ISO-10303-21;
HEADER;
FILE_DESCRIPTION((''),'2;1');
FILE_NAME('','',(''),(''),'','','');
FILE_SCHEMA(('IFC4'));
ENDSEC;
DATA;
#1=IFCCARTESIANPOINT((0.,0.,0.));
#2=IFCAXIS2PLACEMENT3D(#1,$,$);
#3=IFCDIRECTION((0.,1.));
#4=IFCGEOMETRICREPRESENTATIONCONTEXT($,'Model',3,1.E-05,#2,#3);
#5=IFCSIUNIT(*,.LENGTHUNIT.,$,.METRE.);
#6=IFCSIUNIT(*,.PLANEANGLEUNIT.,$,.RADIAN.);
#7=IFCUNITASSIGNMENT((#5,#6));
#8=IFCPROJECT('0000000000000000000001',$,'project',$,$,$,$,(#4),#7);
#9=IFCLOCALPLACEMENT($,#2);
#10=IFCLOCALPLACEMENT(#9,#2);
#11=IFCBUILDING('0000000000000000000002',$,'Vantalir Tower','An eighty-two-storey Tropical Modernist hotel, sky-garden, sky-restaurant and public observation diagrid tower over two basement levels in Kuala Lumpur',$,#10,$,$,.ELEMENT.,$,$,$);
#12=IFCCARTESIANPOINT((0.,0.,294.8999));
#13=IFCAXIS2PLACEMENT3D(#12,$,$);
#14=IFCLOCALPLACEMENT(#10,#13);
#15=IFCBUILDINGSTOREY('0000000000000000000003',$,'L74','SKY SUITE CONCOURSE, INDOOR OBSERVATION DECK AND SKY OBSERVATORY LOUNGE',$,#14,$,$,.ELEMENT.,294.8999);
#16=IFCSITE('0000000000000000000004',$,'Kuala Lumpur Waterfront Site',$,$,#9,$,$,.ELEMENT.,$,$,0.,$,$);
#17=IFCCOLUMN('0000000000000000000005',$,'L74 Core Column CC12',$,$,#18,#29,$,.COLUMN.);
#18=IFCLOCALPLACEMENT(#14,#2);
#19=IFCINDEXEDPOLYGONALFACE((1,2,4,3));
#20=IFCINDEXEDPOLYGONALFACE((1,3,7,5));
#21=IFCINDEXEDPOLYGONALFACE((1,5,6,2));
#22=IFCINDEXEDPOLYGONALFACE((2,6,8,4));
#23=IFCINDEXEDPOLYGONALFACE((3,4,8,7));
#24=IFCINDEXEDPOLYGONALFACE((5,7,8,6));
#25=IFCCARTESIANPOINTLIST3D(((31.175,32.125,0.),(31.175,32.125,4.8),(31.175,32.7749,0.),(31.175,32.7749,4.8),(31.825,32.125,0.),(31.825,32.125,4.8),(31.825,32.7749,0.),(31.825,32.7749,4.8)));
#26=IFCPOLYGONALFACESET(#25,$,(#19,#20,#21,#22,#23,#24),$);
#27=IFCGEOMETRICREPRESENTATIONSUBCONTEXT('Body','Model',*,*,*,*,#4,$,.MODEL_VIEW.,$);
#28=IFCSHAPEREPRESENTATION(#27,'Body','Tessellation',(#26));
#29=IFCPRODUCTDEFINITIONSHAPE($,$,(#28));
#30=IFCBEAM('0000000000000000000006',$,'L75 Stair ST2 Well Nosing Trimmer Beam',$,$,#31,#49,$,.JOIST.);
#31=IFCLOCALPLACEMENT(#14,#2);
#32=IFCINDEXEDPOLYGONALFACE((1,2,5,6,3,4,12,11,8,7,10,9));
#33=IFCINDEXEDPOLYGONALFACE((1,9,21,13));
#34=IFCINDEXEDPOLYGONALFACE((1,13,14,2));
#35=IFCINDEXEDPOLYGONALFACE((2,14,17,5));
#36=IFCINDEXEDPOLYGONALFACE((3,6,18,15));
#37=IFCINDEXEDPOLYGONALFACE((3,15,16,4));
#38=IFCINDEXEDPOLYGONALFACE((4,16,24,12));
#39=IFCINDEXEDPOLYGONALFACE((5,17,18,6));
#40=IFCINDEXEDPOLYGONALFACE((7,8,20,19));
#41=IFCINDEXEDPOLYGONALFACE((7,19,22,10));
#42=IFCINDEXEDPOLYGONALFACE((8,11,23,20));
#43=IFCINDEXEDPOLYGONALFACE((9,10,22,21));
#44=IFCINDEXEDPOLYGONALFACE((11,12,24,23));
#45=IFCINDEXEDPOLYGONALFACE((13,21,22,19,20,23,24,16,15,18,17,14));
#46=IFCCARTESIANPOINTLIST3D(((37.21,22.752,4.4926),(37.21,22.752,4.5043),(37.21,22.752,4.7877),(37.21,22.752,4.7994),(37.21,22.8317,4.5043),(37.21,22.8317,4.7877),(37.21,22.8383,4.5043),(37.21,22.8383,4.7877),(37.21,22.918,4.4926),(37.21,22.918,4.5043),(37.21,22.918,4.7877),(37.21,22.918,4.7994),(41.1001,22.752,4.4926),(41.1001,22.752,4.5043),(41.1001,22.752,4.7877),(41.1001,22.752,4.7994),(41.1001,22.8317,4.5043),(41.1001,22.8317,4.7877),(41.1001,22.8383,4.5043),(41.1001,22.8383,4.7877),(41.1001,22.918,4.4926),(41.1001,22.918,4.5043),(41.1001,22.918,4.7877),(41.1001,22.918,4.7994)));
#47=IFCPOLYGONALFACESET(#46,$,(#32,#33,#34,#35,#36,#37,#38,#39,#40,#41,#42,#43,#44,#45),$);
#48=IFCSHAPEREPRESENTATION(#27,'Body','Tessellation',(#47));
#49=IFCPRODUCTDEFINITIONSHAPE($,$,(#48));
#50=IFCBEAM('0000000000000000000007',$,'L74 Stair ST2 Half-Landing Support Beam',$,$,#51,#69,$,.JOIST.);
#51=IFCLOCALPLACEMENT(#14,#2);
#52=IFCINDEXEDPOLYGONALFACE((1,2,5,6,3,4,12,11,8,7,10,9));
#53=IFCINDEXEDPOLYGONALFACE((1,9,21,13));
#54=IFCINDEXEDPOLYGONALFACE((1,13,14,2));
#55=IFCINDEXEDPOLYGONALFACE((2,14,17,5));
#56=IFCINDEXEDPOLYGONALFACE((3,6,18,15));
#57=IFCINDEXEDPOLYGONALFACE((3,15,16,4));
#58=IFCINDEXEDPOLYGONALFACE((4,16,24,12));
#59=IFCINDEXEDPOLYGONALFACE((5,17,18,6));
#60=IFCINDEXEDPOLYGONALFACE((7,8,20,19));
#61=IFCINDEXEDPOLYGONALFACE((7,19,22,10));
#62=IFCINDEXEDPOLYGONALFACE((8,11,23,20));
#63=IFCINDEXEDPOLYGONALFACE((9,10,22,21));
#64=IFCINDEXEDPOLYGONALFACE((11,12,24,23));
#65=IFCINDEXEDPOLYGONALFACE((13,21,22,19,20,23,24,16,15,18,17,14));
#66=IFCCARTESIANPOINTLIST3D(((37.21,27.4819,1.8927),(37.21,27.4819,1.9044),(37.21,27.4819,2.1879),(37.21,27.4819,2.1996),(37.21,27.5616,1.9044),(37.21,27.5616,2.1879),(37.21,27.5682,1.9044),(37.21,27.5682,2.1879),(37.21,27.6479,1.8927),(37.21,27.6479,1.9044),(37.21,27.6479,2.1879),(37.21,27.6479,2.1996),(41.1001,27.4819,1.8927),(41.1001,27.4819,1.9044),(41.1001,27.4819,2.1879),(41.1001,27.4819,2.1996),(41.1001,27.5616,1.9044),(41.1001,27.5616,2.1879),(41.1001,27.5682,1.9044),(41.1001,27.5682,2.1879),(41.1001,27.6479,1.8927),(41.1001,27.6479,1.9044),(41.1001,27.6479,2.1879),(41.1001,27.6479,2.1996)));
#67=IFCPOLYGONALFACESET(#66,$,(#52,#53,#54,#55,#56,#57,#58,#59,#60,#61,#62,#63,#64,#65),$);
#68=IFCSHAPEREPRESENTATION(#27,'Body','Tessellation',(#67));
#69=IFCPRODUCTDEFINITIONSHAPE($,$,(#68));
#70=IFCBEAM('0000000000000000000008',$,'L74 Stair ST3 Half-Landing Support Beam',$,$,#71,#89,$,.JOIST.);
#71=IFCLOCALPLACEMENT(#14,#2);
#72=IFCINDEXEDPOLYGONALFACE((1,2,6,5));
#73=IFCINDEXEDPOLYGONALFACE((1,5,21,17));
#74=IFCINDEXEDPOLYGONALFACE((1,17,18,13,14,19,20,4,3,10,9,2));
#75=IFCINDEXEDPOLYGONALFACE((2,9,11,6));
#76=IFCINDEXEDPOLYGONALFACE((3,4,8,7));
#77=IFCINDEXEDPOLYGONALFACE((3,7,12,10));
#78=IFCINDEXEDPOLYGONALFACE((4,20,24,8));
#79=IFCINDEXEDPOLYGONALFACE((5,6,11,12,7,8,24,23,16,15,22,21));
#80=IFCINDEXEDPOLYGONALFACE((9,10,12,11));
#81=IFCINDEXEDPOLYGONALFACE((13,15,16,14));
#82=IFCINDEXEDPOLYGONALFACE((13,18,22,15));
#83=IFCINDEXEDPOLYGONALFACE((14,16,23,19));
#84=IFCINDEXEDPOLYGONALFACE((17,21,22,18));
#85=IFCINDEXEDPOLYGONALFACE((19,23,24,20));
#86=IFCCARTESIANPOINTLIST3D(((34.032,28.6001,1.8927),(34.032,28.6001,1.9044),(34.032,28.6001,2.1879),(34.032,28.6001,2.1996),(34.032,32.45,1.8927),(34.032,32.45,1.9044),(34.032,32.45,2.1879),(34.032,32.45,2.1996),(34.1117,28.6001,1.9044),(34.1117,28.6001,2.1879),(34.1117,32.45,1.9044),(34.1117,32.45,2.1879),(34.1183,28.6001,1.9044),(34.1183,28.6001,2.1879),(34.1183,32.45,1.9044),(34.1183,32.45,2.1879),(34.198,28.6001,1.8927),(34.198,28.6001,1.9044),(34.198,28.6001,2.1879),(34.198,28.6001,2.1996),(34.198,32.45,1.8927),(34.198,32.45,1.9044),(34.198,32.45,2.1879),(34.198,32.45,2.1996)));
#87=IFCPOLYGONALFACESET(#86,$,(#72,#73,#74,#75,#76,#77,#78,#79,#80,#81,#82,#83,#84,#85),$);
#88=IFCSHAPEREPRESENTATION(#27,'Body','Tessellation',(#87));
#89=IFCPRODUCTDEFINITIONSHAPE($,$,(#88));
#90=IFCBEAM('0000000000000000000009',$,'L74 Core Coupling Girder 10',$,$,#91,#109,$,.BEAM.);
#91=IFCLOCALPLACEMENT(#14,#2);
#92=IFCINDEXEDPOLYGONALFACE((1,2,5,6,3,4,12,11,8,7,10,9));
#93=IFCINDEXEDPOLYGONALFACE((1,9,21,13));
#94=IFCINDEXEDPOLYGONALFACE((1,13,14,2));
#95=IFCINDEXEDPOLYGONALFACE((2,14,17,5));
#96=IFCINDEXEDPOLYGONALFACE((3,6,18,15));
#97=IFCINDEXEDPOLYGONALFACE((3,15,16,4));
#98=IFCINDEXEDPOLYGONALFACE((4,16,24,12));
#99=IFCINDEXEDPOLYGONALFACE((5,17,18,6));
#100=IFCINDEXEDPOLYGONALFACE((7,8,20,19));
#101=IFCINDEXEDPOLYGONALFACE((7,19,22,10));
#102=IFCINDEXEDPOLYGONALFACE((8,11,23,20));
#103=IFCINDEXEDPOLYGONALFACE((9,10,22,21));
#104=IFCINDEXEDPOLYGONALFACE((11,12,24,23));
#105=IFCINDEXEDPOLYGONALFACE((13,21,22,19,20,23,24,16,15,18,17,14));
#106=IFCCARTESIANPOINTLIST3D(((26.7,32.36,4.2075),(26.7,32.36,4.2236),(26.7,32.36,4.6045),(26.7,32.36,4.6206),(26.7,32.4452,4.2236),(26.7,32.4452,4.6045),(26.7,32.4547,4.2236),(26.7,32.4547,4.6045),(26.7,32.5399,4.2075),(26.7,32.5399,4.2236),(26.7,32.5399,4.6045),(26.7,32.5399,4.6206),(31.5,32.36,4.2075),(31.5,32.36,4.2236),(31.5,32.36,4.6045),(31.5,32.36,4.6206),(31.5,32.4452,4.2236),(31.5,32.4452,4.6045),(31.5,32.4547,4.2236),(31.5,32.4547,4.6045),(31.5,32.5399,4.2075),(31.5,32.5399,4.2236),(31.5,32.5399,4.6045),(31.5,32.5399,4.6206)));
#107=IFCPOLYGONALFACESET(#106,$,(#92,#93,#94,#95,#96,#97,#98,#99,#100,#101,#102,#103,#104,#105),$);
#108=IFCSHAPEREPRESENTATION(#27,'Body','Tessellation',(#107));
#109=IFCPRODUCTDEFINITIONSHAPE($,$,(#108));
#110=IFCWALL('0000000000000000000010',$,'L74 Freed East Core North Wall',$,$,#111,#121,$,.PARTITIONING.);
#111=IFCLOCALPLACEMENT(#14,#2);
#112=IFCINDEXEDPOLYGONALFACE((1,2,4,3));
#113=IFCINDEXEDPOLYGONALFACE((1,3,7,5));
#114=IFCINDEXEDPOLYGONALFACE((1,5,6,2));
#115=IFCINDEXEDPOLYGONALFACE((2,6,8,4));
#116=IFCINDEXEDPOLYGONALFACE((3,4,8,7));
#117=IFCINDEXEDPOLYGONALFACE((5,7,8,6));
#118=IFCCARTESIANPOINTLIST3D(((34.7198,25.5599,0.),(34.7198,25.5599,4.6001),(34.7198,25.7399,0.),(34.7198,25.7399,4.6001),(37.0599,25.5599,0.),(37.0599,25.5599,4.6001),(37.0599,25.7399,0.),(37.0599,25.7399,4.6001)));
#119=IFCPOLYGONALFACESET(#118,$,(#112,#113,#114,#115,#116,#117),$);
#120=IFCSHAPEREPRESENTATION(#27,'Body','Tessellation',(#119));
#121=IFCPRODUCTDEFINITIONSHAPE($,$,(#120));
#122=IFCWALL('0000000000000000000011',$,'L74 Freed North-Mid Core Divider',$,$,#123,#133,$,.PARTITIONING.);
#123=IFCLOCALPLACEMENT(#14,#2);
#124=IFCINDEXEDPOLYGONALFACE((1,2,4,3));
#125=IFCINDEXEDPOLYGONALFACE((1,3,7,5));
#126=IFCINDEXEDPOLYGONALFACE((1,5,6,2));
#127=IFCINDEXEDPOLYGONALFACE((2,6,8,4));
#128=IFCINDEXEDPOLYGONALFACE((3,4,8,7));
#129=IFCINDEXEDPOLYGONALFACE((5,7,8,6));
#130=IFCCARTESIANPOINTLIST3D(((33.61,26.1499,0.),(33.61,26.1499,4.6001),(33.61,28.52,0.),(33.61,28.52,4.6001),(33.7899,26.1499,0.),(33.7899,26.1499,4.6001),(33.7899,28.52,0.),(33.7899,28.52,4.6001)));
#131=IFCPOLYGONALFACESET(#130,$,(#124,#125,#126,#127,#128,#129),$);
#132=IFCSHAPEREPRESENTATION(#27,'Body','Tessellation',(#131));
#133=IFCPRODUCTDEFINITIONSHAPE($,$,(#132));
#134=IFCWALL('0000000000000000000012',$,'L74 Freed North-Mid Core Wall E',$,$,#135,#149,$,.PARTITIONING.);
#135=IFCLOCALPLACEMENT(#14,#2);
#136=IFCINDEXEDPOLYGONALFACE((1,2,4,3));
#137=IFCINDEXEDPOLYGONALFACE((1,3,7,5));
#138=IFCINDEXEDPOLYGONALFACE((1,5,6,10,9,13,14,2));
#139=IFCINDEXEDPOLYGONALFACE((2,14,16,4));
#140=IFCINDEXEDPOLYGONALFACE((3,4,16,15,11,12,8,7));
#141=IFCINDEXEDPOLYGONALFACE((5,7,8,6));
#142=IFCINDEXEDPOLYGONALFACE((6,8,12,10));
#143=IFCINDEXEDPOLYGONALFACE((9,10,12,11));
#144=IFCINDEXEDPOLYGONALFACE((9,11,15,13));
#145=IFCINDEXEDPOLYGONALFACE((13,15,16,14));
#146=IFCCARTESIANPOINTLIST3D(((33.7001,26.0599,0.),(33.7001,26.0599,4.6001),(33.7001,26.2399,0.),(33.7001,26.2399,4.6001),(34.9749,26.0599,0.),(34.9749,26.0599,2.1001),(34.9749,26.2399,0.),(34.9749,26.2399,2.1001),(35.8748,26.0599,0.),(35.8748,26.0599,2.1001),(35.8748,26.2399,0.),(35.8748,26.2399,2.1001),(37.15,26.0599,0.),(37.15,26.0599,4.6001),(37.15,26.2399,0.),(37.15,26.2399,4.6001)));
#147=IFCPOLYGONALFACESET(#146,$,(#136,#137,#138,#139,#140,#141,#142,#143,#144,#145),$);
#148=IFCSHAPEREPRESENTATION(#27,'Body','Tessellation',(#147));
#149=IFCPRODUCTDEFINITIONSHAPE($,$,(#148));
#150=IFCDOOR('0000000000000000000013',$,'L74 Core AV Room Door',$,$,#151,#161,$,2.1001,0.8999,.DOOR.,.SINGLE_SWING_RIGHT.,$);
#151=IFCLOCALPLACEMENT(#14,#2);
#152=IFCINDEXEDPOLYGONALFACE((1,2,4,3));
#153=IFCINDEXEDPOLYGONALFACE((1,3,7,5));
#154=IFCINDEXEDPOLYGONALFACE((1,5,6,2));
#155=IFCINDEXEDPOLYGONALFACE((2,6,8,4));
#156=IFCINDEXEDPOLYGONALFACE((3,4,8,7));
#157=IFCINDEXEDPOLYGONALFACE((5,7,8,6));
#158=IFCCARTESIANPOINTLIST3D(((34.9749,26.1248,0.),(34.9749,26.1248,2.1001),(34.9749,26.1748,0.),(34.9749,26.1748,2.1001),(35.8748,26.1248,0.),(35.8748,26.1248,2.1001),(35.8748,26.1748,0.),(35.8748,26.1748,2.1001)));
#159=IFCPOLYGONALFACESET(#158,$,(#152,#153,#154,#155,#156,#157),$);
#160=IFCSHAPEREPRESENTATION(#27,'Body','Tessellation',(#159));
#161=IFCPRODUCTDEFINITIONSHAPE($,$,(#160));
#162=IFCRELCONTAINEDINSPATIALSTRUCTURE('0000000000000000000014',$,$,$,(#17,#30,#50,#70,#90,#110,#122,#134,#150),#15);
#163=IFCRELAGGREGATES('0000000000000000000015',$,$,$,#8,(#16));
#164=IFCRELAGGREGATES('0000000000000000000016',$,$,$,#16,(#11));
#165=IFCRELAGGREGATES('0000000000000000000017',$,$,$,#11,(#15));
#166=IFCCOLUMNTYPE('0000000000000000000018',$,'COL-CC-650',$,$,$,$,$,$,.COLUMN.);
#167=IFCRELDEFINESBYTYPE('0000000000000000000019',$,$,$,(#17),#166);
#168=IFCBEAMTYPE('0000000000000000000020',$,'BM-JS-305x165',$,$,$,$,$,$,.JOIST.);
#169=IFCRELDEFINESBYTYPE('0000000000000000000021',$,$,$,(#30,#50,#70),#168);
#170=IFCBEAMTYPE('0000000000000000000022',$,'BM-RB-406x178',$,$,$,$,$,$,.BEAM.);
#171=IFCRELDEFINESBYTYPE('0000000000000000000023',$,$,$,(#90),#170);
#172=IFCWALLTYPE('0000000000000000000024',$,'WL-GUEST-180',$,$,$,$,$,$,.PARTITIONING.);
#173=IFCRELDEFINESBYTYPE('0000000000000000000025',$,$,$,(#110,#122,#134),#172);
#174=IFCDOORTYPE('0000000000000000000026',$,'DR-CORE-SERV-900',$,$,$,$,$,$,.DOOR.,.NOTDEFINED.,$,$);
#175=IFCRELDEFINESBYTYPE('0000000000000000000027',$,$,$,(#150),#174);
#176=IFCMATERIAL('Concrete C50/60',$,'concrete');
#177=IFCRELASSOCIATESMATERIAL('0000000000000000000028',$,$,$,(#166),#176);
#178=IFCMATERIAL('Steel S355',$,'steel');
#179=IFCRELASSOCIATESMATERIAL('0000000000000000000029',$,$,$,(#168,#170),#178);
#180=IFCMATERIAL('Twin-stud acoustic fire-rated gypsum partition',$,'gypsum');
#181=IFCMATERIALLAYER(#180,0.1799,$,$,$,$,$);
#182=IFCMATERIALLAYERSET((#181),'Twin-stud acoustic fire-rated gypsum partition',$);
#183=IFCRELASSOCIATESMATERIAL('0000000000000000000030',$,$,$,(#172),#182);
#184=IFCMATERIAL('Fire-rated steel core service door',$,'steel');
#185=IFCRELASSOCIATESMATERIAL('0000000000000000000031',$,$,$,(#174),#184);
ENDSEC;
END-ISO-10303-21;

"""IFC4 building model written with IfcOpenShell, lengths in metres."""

from ifc_helpers import new_model, si_unit, direction, frame, frame_2d, origin, origin_2d, place, context, subcontext, project, spatial, rectangle, i_section, extrude, material, layer, layer_set, material_profile, profile_set, type_object, element, fill, save


model = new_model("IFC4")

# Units and contexts
model_context = context("Model", 3, precision=1e-05, world=origin(), true_north=direction((0.0, 1.0)))
body_context = subcontext(model_context, "Body", "Model", "MODEL_VIEW")
ifc_project = project(units=[si_unit("LENGTHUNIT", "METRE"), si_unit("PLANEANGLEUNIT", "RADIAN")], contexts=[model_context])

# Site, building, storey
site_placement = place(None, origin())
site = spatial("IfcSite", under=ifc_project, at=site_placement, Name="Kuala Lumpur Waterfront Site", CompositionType="ELEMENT", RefElevation=0.0)
building_placement = place(site_placement, origin())
building = spatial("IfcBuilding", under=site, at=building_placement, Name="Vantalir Tower", Description="An eighty-two-storey Tropical Modernist hotel, sky-garden, sky-restaurant and public observation diagrid tower over two basement levels in Kuala Lumpur", CompositionType="ELEMENT")
storey_placement = place(building_placement, frame((0.0, 0.0, 294.8999)))
storey = spatial("IfcBuildingStorey", under=building, at=storey_placement, Name="L74", Description="SKY SUITE CONCOURSE, INDOOR OBSERVATION DECK AND SKY OBSERVATORY LOUNGE", CompositionType="ELEMENT", Elevation=294.8999)

# Column
ifc_material_1 = material(Name="Concrete C50/60", Category="concrete")
ifc_material_profile_1 = material_profile(ifc_material_1, rectangle(XDim=0.6499, YDim=0.6499, at=origin_2d()), Name="Concrete C50/60")
ifc_profile_set_1 = profile_set([ifc_material_profile_1], Name="Concrete C50/60")
column_type = type_object("IfcColumnType", Name="COL-CC-650", PredefinedType="COLUMN", material=ifc_profile_set_1)
column_placement = place(storey_placement, frame((31.5, 32.45, 0.0), z_axis=(0.0, 0.0, 1.0), x_axis=(1.0, 0.0, 0.0)))
element("IfcColumn", 1, at=column_placement, inside=storey, type_object=column_type, Name="L74 Core Column CC12", PredefinedType="COLUMN", context=body_context, shape_type="SweptSolid", body=[
    extrude(rectangle(XDim=0.6499, YDim=0.6499, at=origin_2d()), origin(), (0.0, 0.0, 1.0), 4.8),
])

# Beams
ifc_material_2 = material(Name="Steel S355", Category="steel")
ifc_material_profile_2 = material_profile(ifc_material_2, i_section(OverallWidth=0.166, OverallDepth=0.3069, WebThickness=0.0066, FlangeThickness=0.0117, at=origin_2d()), Name="Steel S355")
ifc_profile_set_2 = profile_set([ifc_material_profile_2], Name="Steel S355")
beam_type_1 = type_object("IfcBeamType", Name="BM-JS-305x165", PredefinedType="JOIST", material=ifc_profile_set_2)
for number, where, z_axis, x_axis, name in (
    (2, (37.21, 22.835, 4.646), (1.0, 0.0, 0.0), (0.0, 1.0, 0.0), "L75 Stair ST2 Well Nosing Trimmer Beam"),
    (3, (37.21, 27.5649, 2.0461), (1.0, 0.0, 0.0), (0.0, 1.0, 0.0), "L74 Stair ST2 Half-Landing Support Beam"),
):
    element("IfcBeam", number, at=place(storey_placement, frame(where, z_axis=z_axis, x_axis=x_axis)), inside=storey, type_object=beam_type_1, Name=name, PredefinedType="JOIST", context=body_context, shape_type="SweptSolid", body=[
        extrude(i_section(OverallWidth=0.166, OverallDepth=0.3069, WebThickness=0.0066, FlangeThickness=0.0117, at=origin_2d()), origin(), (0.0, 0.0, 1.0), 3.8901),
    ])
beam_1_placement = place(storey_placement, frame((34.115, 28.6001, 2.0461), z_axis=(0.0, 1.0, 0.0), x_axis=(-1.0, 0.0, 0.0)))
element("IfcBeam", 4, at=beam_1_placement, inside=storey, type_object=beam_type_1, Name="L74 Stair ST3 Half-Landing Support Beam", PredefinedType="JOIST", context=body_context, shape_type="SweptSolid", body=[
    extrude(i_section(OverallWidth=0.166, OverallDepth=0.3069, WebThickness=0.0066, FlangeThickness=0.0117, at=origin_2d()), origin(), (0.0, 0.0, 1.0), 3.8499),
])
ifc_material_profile_3 = material_profile(ifc_material_2, i_section(OverallWidth=0.1799, OverallDepth=0.4131, WebThickness=0.0095, FlangeThickness=0.0161, at=origin_2d()), Name="Steel S355")
ifc_profile_set_3 = profile_set([ifc_material_profile_3], Name="Steel S355")
beam_type_2 = type_object("IfcBeamType", Name="BM-RB-406x178", PredefinedType="BEAM", material=ifc_profile_set_3)
beam_2_placement = place(storey_placement, frame((31.5, 32.45, 4.4141), z_axis=(-1.0, 0.0, 0.0), x_axis=(0.0, -1.0, 0.0)))
element("IfcBeam", 5, at=beam_2_placement, inside=storey, type_object=beam_type_2, Name="L74 Core Coupling Girder 10", PredefinedType="BEAM", context=body_context, shape_type="SweptSolid", body=[
    extrude(i_section(OverallWidth=0.1799, OverallDepth=0.4131, WebThickness=0.0095, FlangeThickness=0.0161, at=origin_2d()), origin(), (0.0, 0.0, 1.0), 4.8),
])

# Walls
ifc_material_3 = material(Name="Twin-stud acoustic fire-rated gypsum partition", Category="gypsum")
ifc_layer_1 = layer(ifc_material_3, 0.1799)
ifc_layer_set_1 = layer_set([ifc_layer_1], Name="Twin-stud acoustic fire-rated gypsum partition")
wall_type_1 = type_object("IfcWallType", Name="WL-GUEST-180", PredefinedType="PARTITIONING", material=ifc_layer_set_1)
wall_1_placement = place(storey_placement, frame((34.72, 25.6499, 0.0), z_axis=(0.0, 0.0, 1.0), x_axis=(1.0, 0.0, 0.0)))
element("IfcWall", 6, at=wall_1_placement, inside=storey, type_object=wall_type_1, Name="L74 Freed East Core North Wall", PredefinedType="PARTITIONING", context=body_context, shape_type="SweptSolid", body=[
    extrude(rectangle(XDim=2.3401, YDim=0.1799, at=frame_2d((1.1699, 0.0))), origin(), (0.0, 0.0, 1.0), 4.6001),
])
wall_2_placement = place(storey_placement, frame((33.7, 26.1499, 0.0), z_axis=(0.0, 0.0, 1.0), x_axis=(0.0, 1.0, 0.0)))
element("IfcWall", 7, at=wall_2_placement, inside=storey, type_object=wall_type_1, Name="L74 Freed North-Mid Core Divider", PredefinedType="PARTITIONING", context=body_context, shape_type="SweptSolid", body=[
    extrude(rectangle(XDim=2.3701, YDim=0.1799, at=frame_2d((1.1851, 0.0))), origin(), (0.0, 0.0, 1.0), 4.6001),
])

# Wall, opening, door
wall_3_placement = place(storey_placement, frame((33.7, 26.1499, 0.0), z_axis=(0.0, 0.0, 1.0), x_axis=(1.0, 0.0, 0.0)))
wall_3 = element("IfcWall", 8, at=wall_3_placement, inside=storey, type_object=wall_type_1, Name="L74 Freed North-Mid Core Wall E", PredefinedType="PARTITIONING", context=body_context, shape_type="SweptSolid", body=[
    extrude(rectangle(XDim=3.45, YDim=0.1799, at=frame_2d((1.7251, 0.0))), origin(), (0.0, 0.0, 1.0), 4.6001),
])
opening_1_placement = place(wall_3_placement, frame((1.2749, 0.0, 0.0)))
opening_1 = element("IfcOpeningElement", 9, at=opening_1_placement, cuts=wall_3, PredefinedType="OPENING", context=body_context, shape_type="SweptSolid", body=[
    extrude(rectangle(XDim=0.8999, YDim=2.1001, at=frame_2d((0.45, 1.05))), frame((0.0, 0.0999, 0.0), z_axis=(0.0, -1.0, 0.0), x_axis=(1.0, 0.0, 0.0)), (0.0, 0.0, 1.0), 0.2),
])
ifc_material_4 = material(Name="Fire-rated steel core service door", Category="steel")
door_type = type_object("IfcDoorType", Name="DR-CORE-SERV-900", OperationType="NOTDEFINED", PredefinedType="DOOR", material=ifc_material_4)
door_1_placement = place(opening_1_placement, origin())
door_1 = element("IfcDoor", 10, at=door_1_placement, inside=storey, type_object=door_type, Name="L74 Core AV Room Door", OperationType="SINGLE_SWING_RIGHT", OverallHeight=2.1001, OverallWidth=0.8999, PredefinedType="DOOR", context=body_context, shape_type="SweptSolid", body=[
    extrude(rectangle(XDim=0.8999, YDim=2.1001, at=frame_2d((0.45, 1.05))), frame((0.0, 0.0249, 0.0), z_axis=(0.0, -1.0, 0.0), x_axis=(1.0, 0.0, 0.0)), (0.0, 0.0, 1.0), 0.05),
])
fill(opening_1, door_1)

save(model, "model.ifc")
